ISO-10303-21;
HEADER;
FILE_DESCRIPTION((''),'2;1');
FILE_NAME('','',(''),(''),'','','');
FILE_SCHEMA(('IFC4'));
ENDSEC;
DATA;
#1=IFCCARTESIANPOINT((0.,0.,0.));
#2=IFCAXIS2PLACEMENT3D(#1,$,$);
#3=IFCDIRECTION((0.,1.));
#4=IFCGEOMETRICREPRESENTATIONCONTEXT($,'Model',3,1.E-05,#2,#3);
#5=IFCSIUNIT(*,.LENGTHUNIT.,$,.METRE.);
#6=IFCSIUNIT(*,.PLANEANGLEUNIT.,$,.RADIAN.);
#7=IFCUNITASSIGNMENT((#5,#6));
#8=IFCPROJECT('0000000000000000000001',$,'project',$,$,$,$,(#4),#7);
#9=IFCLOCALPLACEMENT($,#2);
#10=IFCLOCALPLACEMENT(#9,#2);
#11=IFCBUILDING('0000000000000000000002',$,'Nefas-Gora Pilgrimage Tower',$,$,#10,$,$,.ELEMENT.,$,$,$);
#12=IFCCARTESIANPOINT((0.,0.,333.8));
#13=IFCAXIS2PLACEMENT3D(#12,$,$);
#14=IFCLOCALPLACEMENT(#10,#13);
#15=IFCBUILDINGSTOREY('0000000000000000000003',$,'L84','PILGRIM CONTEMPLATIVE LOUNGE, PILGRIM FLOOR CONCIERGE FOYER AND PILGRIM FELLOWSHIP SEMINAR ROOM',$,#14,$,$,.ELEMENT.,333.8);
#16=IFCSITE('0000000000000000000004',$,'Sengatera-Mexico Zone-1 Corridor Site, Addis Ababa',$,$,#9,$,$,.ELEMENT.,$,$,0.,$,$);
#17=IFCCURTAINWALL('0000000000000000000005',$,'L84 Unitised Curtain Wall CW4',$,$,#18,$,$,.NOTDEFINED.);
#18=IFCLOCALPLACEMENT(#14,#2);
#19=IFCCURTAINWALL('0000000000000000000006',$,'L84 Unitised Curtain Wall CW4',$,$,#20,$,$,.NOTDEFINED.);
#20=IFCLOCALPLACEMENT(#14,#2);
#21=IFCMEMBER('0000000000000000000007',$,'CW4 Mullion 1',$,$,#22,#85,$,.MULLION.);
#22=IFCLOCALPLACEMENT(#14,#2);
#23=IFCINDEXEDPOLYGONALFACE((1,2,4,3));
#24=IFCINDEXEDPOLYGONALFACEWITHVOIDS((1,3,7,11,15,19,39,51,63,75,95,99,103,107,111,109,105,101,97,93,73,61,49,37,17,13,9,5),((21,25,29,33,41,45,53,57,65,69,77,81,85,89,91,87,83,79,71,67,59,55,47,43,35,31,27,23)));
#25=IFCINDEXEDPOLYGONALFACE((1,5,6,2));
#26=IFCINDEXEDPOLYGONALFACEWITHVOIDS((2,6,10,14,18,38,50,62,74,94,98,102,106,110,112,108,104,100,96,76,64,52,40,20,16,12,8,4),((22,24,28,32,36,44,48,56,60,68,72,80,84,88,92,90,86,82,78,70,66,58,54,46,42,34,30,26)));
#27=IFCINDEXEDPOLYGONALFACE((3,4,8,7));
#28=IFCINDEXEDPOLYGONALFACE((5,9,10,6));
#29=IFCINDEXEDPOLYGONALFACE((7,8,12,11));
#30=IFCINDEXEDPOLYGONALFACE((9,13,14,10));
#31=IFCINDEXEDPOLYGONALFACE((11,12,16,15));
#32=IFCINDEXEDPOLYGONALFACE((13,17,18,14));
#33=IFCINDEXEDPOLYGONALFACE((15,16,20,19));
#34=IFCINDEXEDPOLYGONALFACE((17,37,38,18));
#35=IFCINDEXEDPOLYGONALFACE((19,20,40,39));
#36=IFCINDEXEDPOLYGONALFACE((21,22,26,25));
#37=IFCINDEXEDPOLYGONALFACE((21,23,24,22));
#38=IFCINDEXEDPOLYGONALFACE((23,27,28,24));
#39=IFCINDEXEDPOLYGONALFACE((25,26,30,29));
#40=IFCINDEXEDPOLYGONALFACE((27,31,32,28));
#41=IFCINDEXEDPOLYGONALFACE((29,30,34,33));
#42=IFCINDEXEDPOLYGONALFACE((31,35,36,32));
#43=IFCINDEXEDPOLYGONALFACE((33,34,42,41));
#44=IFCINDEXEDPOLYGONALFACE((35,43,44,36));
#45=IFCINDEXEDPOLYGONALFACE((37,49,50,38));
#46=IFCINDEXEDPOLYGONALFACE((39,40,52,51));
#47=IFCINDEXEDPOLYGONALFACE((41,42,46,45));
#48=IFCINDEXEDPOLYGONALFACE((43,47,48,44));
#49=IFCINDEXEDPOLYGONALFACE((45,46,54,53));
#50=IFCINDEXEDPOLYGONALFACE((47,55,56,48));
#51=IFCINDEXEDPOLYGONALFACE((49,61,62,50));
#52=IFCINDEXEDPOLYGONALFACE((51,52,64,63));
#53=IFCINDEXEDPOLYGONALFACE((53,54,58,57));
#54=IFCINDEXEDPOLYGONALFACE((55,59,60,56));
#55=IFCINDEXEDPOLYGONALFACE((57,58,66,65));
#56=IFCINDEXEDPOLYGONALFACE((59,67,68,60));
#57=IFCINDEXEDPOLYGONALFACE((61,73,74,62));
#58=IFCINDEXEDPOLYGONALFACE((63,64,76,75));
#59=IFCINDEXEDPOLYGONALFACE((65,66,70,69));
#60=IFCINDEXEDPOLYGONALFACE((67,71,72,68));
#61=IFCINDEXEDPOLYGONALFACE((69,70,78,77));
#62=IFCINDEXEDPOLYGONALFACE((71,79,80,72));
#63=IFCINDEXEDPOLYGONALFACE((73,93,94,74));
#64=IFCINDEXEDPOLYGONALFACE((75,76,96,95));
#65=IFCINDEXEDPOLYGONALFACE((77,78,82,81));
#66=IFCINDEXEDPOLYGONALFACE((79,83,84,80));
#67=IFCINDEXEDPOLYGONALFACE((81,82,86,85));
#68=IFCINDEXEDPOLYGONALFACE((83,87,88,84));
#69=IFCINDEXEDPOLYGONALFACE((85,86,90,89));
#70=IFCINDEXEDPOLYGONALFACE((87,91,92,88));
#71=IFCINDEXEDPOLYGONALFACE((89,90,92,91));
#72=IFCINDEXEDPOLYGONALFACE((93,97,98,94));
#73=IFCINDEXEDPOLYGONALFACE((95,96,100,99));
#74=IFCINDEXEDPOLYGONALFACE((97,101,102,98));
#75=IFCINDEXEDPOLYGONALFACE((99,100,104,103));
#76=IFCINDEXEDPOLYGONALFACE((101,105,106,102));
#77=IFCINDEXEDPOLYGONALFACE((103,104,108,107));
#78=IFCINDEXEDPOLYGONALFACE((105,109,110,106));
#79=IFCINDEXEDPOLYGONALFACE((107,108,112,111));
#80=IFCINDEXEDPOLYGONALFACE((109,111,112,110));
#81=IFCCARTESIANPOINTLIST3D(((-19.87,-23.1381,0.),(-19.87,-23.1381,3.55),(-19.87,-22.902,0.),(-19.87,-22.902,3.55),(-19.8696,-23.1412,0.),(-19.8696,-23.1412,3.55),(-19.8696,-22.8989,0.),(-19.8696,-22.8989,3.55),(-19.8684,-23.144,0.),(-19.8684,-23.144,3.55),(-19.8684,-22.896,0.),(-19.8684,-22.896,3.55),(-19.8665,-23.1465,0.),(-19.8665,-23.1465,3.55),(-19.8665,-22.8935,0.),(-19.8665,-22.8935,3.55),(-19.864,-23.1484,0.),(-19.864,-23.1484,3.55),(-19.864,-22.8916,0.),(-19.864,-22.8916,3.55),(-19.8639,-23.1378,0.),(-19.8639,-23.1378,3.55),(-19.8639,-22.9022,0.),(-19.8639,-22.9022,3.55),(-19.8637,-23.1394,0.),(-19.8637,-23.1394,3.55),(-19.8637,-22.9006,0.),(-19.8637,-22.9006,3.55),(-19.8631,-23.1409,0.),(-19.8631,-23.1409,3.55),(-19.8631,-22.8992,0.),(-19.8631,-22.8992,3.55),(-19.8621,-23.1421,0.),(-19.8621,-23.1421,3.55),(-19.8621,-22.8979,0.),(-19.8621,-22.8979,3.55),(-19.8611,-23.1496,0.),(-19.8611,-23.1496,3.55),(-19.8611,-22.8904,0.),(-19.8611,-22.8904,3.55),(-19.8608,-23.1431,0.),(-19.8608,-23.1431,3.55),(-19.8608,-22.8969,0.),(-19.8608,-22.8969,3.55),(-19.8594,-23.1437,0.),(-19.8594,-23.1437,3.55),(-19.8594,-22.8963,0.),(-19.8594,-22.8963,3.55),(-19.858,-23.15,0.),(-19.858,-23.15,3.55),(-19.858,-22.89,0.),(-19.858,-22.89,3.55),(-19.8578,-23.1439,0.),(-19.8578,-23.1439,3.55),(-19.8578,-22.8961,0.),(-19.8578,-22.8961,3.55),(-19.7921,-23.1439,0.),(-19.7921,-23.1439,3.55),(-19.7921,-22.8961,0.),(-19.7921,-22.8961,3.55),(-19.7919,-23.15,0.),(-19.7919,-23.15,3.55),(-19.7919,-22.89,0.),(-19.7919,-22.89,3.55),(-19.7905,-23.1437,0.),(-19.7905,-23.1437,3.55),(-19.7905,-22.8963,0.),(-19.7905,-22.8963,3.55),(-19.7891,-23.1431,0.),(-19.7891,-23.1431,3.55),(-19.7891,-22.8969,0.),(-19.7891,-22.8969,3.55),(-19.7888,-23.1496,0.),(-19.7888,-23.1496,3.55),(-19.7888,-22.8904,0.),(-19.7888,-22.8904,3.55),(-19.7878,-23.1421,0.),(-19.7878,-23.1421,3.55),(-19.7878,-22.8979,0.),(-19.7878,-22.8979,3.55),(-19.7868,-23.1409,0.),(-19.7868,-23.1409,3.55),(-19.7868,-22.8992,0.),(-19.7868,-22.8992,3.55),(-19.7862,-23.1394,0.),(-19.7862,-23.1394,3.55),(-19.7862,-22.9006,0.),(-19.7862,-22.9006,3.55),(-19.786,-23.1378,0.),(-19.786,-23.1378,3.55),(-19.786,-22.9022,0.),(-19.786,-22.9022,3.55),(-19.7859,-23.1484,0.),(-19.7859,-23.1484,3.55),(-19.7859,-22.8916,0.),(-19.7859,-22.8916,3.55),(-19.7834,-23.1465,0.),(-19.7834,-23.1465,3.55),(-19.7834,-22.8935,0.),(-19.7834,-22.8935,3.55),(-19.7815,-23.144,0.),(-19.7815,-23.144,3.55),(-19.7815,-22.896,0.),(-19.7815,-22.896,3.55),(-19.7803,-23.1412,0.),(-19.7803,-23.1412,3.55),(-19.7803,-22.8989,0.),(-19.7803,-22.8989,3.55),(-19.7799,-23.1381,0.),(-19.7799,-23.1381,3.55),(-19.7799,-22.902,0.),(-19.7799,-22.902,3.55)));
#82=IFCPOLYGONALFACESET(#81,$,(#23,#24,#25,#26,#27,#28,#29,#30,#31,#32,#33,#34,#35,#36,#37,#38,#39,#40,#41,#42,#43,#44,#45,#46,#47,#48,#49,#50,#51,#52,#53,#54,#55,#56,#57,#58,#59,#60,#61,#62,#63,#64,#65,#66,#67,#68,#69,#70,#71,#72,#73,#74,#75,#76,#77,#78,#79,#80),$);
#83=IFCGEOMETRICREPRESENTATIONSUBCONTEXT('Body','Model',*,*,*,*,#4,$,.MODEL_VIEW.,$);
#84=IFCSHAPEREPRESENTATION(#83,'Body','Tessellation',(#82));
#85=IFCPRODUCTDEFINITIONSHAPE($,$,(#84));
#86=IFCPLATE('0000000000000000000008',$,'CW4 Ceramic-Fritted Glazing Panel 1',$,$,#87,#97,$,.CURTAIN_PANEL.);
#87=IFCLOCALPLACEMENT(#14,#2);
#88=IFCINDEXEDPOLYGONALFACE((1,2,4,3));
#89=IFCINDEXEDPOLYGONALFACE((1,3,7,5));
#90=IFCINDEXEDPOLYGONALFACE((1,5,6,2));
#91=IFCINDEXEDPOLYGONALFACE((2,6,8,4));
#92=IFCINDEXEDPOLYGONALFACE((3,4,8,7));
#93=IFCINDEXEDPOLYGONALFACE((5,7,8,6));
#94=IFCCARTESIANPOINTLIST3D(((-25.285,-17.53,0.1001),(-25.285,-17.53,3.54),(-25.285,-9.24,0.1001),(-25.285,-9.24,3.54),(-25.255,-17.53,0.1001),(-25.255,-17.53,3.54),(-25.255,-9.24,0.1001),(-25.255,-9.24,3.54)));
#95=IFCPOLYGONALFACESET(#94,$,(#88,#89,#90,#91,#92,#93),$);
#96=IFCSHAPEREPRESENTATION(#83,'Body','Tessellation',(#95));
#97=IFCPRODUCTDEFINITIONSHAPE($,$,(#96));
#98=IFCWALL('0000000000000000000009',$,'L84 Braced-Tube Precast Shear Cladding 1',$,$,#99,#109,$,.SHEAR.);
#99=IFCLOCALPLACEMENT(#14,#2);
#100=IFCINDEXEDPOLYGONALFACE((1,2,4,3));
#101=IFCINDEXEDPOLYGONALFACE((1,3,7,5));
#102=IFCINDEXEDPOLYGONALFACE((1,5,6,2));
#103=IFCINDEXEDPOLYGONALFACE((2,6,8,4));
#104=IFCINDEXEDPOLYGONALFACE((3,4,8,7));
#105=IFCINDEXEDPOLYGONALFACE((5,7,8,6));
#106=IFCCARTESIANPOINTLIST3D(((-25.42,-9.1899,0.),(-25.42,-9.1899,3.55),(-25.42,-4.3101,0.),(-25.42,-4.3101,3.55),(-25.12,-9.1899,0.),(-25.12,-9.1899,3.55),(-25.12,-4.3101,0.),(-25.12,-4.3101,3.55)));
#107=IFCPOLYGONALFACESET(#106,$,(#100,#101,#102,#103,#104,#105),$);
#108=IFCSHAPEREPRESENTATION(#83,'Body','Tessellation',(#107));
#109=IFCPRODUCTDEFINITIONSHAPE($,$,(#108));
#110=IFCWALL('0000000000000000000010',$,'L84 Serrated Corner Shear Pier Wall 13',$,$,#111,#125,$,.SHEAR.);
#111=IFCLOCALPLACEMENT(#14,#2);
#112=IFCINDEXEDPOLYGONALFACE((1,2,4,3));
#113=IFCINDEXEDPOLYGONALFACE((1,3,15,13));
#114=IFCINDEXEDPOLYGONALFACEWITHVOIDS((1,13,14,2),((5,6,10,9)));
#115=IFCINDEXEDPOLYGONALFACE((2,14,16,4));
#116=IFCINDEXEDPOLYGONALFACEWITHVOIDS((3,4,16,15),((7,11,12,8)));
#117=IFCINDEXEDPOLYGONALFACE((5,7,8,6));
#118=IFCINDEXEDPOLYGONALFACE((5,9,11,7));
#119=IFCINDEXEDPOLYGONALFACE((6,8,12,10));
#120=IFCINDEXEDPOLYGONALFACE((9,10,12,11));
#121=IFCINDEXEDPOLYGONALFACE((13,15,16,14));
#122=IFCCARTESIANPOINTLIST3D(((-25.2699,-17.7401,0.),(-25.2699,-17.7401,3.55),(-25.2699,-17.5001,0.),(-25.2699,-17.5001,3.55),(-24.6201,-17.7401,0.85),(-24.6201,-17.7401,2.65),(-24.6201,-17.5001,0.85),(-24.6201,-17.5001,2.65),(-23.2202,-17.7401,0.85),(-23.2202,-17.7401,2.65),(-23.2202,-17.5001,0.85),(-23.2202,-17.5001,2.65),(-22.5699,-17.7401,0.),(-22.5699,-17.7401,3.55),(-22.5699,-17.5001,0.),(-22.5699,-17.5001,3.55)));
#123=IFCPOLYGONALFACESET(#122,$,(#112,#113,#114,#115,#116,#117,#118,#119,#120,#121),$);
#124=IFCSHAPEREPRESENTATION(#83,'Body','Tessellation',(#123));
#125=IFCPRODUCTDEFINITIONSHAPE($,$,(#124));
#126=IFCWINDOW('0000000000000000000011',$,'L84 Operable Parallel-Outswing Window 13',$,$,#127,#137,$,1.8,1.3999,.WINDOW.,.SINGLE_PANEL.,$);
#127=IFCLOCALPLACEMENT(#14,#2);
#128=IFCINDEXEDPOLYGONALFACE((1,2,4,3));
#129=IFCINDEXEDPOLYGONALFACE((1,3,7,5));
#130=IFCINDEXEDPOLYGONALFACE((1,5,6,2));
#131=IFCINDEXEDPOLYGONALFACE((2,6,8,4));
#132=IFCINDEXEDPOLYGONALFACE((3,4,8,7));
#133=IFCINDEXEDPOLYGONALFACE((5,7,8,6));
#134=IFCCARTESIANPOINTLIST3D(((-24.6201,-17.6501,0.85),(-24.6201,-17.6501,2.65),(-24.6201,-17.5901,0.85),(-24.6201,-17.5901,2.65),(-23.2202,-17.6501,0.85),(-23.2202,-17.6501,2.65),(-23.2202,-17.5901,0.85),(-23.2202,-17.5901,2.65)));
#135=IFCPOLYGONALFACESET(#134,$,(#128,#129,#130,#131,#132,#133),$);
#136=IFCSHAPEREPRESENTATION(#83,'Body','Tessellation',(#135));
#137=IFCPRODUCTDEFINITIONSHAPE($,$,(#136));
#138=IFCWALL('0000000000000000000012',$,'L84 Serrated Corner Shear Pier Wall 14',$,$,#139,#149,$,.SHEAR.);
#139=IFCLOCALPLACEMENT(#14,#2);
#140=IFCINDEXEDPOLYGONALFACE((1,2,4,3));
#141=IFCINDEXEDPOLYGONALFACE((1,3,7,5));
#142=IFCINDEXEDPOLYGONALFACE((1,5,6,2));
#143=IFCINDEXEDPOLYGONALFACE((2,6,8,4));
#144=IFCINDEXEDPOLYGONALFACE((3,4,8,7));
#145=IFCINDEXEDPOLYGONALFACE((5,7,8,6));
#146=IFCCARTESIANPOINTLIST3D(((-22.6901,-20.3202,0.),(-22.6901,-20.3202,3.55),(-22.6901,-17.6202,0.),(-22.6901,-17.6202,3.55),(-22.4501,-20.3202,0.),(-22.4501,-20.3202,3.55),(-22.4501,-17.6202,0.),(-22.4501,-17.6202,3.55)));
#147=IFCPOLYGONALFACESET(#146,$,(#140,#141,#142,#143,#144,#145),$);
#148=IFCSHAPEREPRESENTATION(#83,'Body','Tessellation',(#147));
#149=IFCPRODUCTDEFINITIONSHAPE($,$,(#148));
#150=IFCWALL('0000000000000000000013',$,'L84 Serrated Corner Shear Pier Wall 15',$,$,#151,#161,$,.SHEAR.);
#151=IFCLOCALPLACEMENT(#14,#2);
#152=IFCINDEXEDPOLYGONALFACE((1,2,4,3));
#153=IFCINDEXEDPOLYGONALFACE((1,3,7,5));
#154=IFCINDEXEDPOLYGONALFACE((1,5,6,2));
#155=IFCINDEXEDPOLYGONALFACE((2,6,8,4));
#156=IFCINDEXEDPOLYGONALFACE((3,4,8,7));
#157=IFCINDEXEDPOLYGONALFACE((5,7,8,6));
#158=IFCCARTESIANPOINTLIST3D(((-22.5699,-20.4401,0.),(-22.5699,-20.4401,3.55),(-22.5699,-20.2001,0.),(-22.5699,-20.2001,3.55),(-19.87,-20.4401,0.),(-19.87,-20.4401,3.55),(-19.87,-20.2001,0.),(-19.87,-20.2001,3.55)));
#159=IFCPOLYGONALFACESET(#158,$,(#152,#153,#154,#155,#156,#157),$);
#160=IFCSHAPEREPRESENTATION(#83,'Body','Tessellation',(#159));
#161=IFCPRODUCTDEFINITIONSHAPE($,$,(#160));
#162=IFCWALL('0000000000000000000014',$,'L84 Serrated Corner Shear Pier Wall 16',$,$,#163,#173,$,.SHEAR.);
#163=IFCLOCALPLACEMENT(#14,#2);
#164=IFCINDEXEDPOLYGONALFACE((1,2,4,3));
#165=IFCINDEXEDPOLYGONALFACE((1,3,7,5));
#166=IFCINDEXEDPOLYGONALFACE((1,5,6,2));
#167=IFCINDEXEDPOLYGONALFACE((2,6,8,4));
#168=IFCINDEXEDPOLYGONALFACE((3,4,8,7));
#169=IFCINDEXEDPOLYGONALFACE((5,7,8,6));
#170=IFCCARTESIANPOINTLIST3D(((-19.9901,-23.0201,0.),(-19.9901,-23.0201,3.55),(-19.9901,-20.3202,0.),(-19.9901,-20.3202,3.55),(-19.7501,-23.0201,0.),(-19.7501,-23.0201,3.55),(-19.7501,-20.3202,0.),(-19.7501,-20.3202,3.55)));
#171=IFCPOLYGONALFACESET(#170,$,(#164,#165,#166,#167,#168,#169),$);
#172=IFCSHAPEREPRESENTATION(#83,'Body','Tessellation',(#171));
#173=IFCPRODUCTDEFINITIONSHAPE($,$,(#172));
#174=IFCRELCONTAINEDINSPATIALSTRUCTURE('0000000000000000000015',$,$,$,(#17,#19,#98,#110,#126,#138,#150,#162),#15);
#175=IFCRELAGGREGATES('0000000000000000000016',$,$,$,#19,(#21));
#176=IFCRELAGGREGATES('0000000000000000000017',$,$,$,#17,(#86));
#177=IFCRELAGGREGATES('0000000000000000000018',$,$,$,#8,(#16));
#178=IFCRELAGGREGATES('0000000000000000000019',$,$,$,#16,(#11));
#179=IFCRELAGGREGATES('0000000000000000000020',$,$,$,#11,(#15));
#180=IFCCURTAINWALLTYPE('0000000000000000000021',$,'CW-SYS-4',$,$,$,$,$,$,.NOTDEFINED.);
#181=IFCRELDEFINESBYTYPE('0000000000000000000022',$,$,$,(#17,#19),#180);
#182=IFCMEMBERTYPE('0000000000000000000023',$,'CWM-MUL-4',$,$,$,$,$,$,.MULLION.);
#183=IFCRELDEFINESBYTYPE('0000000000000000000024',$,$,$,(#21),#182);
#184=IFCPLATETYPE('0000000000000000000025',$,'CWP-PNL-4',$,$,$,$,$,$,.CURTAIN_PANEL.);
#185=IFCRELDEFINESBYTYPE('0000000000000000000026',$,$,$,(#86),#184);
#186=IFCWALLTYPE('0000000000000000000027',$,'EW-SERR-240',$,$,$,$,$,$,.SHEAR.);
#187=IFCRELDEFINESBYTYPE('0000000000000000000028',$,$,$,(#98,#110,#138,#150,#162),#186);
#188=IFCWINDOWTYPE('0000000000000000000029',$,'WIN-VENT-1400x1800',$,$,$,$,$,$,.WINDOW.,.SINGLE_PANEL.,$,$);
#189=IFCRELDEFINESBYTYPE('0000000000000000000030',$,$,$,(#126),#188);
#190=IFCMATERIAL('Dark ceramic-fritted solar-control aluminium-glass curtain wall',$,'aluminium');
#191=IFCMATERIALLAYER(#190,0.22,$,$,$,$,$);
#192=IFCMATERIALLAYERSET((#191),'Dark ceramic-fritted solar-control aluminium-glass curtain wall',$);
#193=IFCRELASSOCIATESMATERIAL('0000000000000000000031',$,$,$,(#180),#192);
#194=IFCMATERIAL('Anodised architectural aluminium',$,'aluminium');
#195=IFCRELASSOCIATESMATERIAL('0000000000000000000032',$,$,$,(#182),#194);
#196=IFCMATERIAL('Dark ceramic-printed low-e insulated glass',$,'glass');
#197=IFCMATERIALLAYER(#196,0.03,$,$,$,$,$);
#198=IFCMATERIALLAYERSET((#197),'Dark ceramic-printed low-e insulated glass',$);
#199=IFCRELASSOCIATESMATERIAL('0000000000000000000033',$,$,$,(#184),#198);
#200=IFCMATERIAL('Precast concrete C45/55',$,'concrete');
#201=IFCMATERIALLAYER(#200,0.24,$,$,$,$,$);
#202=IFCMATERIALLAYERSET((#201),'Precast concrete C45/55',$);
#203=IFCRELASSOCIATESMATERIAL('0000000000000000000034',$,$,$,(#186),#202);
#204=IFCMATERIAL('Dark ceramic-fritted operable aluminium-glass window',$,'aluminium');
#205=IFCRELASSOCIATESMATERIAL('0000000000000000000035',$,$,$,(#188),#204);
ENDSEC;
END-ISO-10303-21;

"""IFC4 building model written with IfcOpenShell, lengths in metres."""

from ifc_helpers import new_model, si_unit, direction, frame, frame_2d, origin, origin_2d, place, context, subcontext, project, spatial, rectangle, hollow_rectangle, extrude, source, transform, mapped, material, layer, layer_set, material_profile, profile_set, type_object, element, fill, aggregate, save


model = new_model("IFC4")

# Units and contexts
model_context = context("Model", 3, precision=1e-05, world=origin(), true_north=direction((0.0, 1.0)))
body_context = subcontext(model_context, "Body", "Model", "MODEL_VIEW")
ifc_project = project(units=[si_unit("LENGTHUNIT", "METRE"), si_unit("PLANEANGLEUNIT", "RADIAN")], contexts=[model_context])

# Site, building, storey
site_placement = place(None, origin())
site = spatial("IfcSite", under=ifc_project, at=site_placement, Name="Sengatera-Mexico Zone-1 Corridor Site, Addis Ababa", CompositionType="ELEMENT", RefElevation=0.0)
building_placement = place(site_placement, origin())
building = spatial("IfcBuilding", under=site, at=building_placement, Name="Nefas-Gora Pilgrimage Tower", CompositionType="ELEMENT")
storey_placement = place(building_placement, frame((0.0, 0.0, 333.8)))
storey = spatial("IfcBuildingStorey", under=building, at=storey_placement, Name="L84", Description="PILGRIM CONTEMPLATIVE LOUNGE, PILGRIM FLOOR CONCIERGE FOYER AND PILGRIM FELLOWSHIP SEMINAR ROOM", CompositionType="ELEMENT", Elevation=333.8)

# Curtain walls
ifc_material_1 = material(Name="Dark ceramic-fritted solar-control aluminium-glass curtain wall", Category="aluminium")
ifc_layer_1 = layer(ifc_material_1, 0.22)
ifc_layer_set_1 = layer_set([ifc_layer_1], Name="Dark ceramic-fritted solar-control aluminium-glass curtain wall")
curtain_wall_type = type_object("IfcCurtainWallType", Name="CW-SYS-4", PredefinedType="NOTDEFINED", material=ifc_layer_set_1)
curtain_wall_1_placement = place(storey_placement, origin())
curtain_wall_1 = element("IfcCurtainWall", 1, at=curtain_wall_1_placement, inside=storey, type_object=curtain_wall_type, Name="L84 Unitised Curtain Wall CW4", PredefinedType="NOTDEFINED")
ifc_material_2 = material(Name="Anodised architectural aluminium", Category="aluminium")
curtain_wall_2_placement = place(storey_placement, origin())
curtain_wall_2 = element("IfcCurtainWall", 2, at=curtain_wall_2_placement, inside=storey, type_object=curtain_wall_type, Name="L84 Unitised Curtain Wall CW4", PredefinedType="NOTDEFINED")

# Member
ifc_material_profile_1 = material_profile(ifc_material_2, hollow_rectangle(XDim=0.0901, YDim=0.26, WallThickness=0.0061, InnerFilletRadius=0.0061, OuterFilletRadius=0.012, at=origin_2d()), Name="ALU MULLION 90x260")
ifc_profile_set_1 = profile_set([ifc_material_profile_1], Name="Anodised architectural aluminium")
member_type_1 = type_object("IfcMemberType", Name="CWM-MUL-4", PredefinedType="MULLION", material=ifc_profile_set_1)
shared_shape_1 = source(origin(), body_context, "Body", "SweptSolid", [
    extrude(hollow_rectangle(XDim=0.0901, YDim=0.26, WallThickness=0.0061, InnerFilletRadius=0.0061, OuterFilletRadius=0.012, at=origin_2d()), origin(), (0.0, 0.0, 1.0), 3.55),
])
member_1_placement = place(storey_placement, frame((-19.825, -23.02, 0.0), z_axis=(0.0, 0.0, 1.0), x_axis=(1.0, 0.0, 0.0)))
member_1 = element("IfcMember", 3, at=member_1_placement, type_object=member_type_1, Name="CW4 Mullion 1", PredefinedType="MULLION", context=body_context, shape_type="MappedRepresentation", body=[
    mapped(shared_shape_1, transform((0.0, 0.0, 0.0), x_axis=(1.0, 0.0, 0.0), y_axis=(0.0, 1.0, 0.0), z_axis=(0.0, 0.0, 1.0), scale=1.0)),
])
aggregate(curtain_wall_2, [member_1])

# Plate
ifc_material_3 = material(Name="Dark ceramic-printed low-e insulated glass", Category="glass")
ifc_layer_2 = layer(ifc_material_3, 0.03)
ifc_layer_set_2 = layer_set([ifc_layer_2], Name="Dark ceramic-printed low-e insulated glass")
plate_type = type_object("IfcPlateType", Name="CWP-PNL-4", PredefinedType="CURTAIN_PANEL", material=ifc_layer_set_2)
shared_shape_2 = source(origin(), body_context, "Body", "SweptSolid", [
    extrude(rectangle(XDim=8.29, YDim=0.03, at=origin_2d()), origin(), (0.0, 0.0, 1.0), 3.4399),
])
plate_placement = place(storey_placement, frame((-25.27, -13.385, 0.1001), z_axis=(0.0, 0.0, 1.0), x_axis=(0.0, -1.0, 0.0)))
plate = element("IfcPlate", 4, at=plate_placement, type_object=plate_type, Name="CW4 Ceramic-Fritted Glazing Panel 1", PredefinedType="CURTAIN_PANEL", context=body_context, shape_type="MappedRepresentation", body=[
    mapped(shared_shape_2, transform((0.0, 0.0, 0.0), x_axis=(1.0, 0.0, 0.0), y_axis=(0.0, 1.0, 0.0), z_axis=(0.0, 0.0, 1.0), scale=1.0)),
])
aggregate(curtain_wall_1, [plate])

# Wall
ifc_material_4 = material(Name="Precast concrete C45/55", Category="concrete")
ifc_layer_3 = layer(ifc_material_4, 0.24)
ifc_layer_set_3 = layer_set([ifc_layer_3], Name="Precast concrete C45/55")
wall_type_1 = type_object("IfcWallType", Name="EW-SERR-240", PredefinedType="SHEAR", material=ifc_layer_set_3)
shared_shape_3 = source(origin(), body_context, "Body", "SweptSolid", [
    extrude(rectangle(XDim=4.8799, YDim=0.3, at=frame_2d((2.4399, 0.0))), origin(), (0.0, 0.0, 1.0), 3.55),
])
wall_1_placement = place(storey_placement, frame((-25.27, -9.1899, 0.0), z_axis=(0.0, 0.0, 1.0), x_axis=(0.0, 1.0, 0.0)))
element("IfcWall", 5, at=wall_1_placement, inside=storey, type_object=wall_type_1, Name="L84 Braced-Tube Precast Shear Cladding 1", PredefinedType="SHEAR", context=body_context, shape_type="MappedRepresentation", body=[
    mapped(shared_shape_3, transform((0.0, 0.0, 0.0), x_axis=(1.0, 0.0, 0.0), y_axis=(0.0, 1.0, 0.0), z_axis=(0.0, 0.0, 1.0), scale=1.0)),
])

# Wall, opening, window
shared_shape_4 = source(origin(), body_context, "Body", "SweptSolid", [
    extrude(rectangle(XDim=2.7, YDim=0.24, at=frame_2d((1.3501, 0.0))), origin(), (0.0, 0.0, 1.0), 3.55),
])
wall_2_placement = place(storey_placement, frame((-25.27, -17.6201, 0.0), z_axis=(0.0, 0.0, 1.0), x_axis=(1.0, 0.0, 0.0)))
wall_2 = element("IfcWall", 6, at=wall_2_placement, inside=storey, type_object=wall_type_1, Name="L84 Serrated Corner Shear Pier Wall 13", PredefinedType="SHEAR", context=body_context, shape_type="MappedRepresentation", body=[
    mapped(shared_shape_4, transform((0.0, 0.0, 0.0), x_axis=(1.0, 0.0, 0.0), y_axis=(0.0, 1.0, 0.0), z_axis=(0.0, 0.0, 1.0), scale=1.0)),
])
opening_1_placement = place(wall_2_placement, frame((0.6499, 0.0, 0.8501)))
opening_1 = element("IfcOpeningElement", 7, at=opening_1_placement, cuts=wall_2, PredefinedType="OPENING", context=body_context, shape_type="SweptSolid", body=[
    extrude(rectangle(XDim=1.3999, YDim=1.8, at=frame_2d((0.7, 0.8999))), frame((0.0, 0.1299, 0.0), z_axis=(0.0, -1.0, 0.0), x_axis=(1.0, 0.0, 0.0)), (0.0, 0.0, 1.0), 0.26),
])
ifc_material_5 = material(Name="Dark ceramic-fritted operable aluminium-glass window", Category="aluminium")
window_type = type_object("IfcWindowType", Name="WIN-VENT-1400x1800", PartitioningType="SINGLE_PANEL", PredefinedType="WINDOW", material=ifc_material_5)
shared_shape_5 = source(origin(), body_context, "Body", "SweptSolid", [
    extrude(rectangle(XDim=1.3999, YDim=1.8, at=frame_2d((0.7, 0.8999))), frame((0.0, 0.03, 0.0), z_axis=(0.0, -1.0, 0.0), x_axis=(1.0, 0.0, 0.0)), (0.0, 0.0, 1.0), 0.0601),
])
window_placement = place(opening_1_placement, origin())
window = element("IfcWindow", 8, at=window_placement, inside=storey, type_object=window_type, Name="L84 Operable Parallel-Outswing Window 13", OverallHeight=1.8, OverallWidth=1.3999, PartitioningType="SINGLE_PANEL", PredefinedType="WINDOW", context=body_context, shape_type="MappedRepresentation", body=[
    mapped(shared_shape_5, transform((0.0, 0.0, 0.0), x_axis=(1.0, 0.0, 0.0), y_axis=(0.0, 1.0, 0.0), z_axis=(0.0, 0.0, 1.0), scale=1.0)),
])
fill(opening_1, window)

# Walls
for number, where, z_axis, x_axis, name in (
    (9, (-22.5701, -17.6201, 0.0), (0.0, 0.0, 1.0), (0.0, -1.0, 0.0), "L84 Serrated Corner Shear Pier Wall 14"),
    (10, (-22.5701, -20.3201, 0.0), (0.0, 0.0, 1.0), (1.0, 0.0, 0.0), "L84 Serrated Corner Shear Pier Wall 15"),
    (11, (-19.8701, -20.3201, 0.0), (0.0, 0.0, 1.0), (0.0, -1.0, 0.0), "L84 Serrated Corner Shear Pier Wall 16"),
):
    element("IfcWall", number, at=place(storey_placement, frame(where, z_axis=z_axis, x_axis=x_axis)), inside=storey, type_object=wall_type_1, Name=name, PredefinedType="SHEAR", context=body_context, shape_type="MappedRepresentation", body=[
        mapped(shared_shape_4, transform((0.0, 0.0, 0.0), x_axis=(1.0, 0.0, 0.0), y_axis=(0.0, 1.0, 0.0), z_axis=(0.0, 0.0, 1.0), scale=1.0)),
    ])

save(model, "model.ifc")
